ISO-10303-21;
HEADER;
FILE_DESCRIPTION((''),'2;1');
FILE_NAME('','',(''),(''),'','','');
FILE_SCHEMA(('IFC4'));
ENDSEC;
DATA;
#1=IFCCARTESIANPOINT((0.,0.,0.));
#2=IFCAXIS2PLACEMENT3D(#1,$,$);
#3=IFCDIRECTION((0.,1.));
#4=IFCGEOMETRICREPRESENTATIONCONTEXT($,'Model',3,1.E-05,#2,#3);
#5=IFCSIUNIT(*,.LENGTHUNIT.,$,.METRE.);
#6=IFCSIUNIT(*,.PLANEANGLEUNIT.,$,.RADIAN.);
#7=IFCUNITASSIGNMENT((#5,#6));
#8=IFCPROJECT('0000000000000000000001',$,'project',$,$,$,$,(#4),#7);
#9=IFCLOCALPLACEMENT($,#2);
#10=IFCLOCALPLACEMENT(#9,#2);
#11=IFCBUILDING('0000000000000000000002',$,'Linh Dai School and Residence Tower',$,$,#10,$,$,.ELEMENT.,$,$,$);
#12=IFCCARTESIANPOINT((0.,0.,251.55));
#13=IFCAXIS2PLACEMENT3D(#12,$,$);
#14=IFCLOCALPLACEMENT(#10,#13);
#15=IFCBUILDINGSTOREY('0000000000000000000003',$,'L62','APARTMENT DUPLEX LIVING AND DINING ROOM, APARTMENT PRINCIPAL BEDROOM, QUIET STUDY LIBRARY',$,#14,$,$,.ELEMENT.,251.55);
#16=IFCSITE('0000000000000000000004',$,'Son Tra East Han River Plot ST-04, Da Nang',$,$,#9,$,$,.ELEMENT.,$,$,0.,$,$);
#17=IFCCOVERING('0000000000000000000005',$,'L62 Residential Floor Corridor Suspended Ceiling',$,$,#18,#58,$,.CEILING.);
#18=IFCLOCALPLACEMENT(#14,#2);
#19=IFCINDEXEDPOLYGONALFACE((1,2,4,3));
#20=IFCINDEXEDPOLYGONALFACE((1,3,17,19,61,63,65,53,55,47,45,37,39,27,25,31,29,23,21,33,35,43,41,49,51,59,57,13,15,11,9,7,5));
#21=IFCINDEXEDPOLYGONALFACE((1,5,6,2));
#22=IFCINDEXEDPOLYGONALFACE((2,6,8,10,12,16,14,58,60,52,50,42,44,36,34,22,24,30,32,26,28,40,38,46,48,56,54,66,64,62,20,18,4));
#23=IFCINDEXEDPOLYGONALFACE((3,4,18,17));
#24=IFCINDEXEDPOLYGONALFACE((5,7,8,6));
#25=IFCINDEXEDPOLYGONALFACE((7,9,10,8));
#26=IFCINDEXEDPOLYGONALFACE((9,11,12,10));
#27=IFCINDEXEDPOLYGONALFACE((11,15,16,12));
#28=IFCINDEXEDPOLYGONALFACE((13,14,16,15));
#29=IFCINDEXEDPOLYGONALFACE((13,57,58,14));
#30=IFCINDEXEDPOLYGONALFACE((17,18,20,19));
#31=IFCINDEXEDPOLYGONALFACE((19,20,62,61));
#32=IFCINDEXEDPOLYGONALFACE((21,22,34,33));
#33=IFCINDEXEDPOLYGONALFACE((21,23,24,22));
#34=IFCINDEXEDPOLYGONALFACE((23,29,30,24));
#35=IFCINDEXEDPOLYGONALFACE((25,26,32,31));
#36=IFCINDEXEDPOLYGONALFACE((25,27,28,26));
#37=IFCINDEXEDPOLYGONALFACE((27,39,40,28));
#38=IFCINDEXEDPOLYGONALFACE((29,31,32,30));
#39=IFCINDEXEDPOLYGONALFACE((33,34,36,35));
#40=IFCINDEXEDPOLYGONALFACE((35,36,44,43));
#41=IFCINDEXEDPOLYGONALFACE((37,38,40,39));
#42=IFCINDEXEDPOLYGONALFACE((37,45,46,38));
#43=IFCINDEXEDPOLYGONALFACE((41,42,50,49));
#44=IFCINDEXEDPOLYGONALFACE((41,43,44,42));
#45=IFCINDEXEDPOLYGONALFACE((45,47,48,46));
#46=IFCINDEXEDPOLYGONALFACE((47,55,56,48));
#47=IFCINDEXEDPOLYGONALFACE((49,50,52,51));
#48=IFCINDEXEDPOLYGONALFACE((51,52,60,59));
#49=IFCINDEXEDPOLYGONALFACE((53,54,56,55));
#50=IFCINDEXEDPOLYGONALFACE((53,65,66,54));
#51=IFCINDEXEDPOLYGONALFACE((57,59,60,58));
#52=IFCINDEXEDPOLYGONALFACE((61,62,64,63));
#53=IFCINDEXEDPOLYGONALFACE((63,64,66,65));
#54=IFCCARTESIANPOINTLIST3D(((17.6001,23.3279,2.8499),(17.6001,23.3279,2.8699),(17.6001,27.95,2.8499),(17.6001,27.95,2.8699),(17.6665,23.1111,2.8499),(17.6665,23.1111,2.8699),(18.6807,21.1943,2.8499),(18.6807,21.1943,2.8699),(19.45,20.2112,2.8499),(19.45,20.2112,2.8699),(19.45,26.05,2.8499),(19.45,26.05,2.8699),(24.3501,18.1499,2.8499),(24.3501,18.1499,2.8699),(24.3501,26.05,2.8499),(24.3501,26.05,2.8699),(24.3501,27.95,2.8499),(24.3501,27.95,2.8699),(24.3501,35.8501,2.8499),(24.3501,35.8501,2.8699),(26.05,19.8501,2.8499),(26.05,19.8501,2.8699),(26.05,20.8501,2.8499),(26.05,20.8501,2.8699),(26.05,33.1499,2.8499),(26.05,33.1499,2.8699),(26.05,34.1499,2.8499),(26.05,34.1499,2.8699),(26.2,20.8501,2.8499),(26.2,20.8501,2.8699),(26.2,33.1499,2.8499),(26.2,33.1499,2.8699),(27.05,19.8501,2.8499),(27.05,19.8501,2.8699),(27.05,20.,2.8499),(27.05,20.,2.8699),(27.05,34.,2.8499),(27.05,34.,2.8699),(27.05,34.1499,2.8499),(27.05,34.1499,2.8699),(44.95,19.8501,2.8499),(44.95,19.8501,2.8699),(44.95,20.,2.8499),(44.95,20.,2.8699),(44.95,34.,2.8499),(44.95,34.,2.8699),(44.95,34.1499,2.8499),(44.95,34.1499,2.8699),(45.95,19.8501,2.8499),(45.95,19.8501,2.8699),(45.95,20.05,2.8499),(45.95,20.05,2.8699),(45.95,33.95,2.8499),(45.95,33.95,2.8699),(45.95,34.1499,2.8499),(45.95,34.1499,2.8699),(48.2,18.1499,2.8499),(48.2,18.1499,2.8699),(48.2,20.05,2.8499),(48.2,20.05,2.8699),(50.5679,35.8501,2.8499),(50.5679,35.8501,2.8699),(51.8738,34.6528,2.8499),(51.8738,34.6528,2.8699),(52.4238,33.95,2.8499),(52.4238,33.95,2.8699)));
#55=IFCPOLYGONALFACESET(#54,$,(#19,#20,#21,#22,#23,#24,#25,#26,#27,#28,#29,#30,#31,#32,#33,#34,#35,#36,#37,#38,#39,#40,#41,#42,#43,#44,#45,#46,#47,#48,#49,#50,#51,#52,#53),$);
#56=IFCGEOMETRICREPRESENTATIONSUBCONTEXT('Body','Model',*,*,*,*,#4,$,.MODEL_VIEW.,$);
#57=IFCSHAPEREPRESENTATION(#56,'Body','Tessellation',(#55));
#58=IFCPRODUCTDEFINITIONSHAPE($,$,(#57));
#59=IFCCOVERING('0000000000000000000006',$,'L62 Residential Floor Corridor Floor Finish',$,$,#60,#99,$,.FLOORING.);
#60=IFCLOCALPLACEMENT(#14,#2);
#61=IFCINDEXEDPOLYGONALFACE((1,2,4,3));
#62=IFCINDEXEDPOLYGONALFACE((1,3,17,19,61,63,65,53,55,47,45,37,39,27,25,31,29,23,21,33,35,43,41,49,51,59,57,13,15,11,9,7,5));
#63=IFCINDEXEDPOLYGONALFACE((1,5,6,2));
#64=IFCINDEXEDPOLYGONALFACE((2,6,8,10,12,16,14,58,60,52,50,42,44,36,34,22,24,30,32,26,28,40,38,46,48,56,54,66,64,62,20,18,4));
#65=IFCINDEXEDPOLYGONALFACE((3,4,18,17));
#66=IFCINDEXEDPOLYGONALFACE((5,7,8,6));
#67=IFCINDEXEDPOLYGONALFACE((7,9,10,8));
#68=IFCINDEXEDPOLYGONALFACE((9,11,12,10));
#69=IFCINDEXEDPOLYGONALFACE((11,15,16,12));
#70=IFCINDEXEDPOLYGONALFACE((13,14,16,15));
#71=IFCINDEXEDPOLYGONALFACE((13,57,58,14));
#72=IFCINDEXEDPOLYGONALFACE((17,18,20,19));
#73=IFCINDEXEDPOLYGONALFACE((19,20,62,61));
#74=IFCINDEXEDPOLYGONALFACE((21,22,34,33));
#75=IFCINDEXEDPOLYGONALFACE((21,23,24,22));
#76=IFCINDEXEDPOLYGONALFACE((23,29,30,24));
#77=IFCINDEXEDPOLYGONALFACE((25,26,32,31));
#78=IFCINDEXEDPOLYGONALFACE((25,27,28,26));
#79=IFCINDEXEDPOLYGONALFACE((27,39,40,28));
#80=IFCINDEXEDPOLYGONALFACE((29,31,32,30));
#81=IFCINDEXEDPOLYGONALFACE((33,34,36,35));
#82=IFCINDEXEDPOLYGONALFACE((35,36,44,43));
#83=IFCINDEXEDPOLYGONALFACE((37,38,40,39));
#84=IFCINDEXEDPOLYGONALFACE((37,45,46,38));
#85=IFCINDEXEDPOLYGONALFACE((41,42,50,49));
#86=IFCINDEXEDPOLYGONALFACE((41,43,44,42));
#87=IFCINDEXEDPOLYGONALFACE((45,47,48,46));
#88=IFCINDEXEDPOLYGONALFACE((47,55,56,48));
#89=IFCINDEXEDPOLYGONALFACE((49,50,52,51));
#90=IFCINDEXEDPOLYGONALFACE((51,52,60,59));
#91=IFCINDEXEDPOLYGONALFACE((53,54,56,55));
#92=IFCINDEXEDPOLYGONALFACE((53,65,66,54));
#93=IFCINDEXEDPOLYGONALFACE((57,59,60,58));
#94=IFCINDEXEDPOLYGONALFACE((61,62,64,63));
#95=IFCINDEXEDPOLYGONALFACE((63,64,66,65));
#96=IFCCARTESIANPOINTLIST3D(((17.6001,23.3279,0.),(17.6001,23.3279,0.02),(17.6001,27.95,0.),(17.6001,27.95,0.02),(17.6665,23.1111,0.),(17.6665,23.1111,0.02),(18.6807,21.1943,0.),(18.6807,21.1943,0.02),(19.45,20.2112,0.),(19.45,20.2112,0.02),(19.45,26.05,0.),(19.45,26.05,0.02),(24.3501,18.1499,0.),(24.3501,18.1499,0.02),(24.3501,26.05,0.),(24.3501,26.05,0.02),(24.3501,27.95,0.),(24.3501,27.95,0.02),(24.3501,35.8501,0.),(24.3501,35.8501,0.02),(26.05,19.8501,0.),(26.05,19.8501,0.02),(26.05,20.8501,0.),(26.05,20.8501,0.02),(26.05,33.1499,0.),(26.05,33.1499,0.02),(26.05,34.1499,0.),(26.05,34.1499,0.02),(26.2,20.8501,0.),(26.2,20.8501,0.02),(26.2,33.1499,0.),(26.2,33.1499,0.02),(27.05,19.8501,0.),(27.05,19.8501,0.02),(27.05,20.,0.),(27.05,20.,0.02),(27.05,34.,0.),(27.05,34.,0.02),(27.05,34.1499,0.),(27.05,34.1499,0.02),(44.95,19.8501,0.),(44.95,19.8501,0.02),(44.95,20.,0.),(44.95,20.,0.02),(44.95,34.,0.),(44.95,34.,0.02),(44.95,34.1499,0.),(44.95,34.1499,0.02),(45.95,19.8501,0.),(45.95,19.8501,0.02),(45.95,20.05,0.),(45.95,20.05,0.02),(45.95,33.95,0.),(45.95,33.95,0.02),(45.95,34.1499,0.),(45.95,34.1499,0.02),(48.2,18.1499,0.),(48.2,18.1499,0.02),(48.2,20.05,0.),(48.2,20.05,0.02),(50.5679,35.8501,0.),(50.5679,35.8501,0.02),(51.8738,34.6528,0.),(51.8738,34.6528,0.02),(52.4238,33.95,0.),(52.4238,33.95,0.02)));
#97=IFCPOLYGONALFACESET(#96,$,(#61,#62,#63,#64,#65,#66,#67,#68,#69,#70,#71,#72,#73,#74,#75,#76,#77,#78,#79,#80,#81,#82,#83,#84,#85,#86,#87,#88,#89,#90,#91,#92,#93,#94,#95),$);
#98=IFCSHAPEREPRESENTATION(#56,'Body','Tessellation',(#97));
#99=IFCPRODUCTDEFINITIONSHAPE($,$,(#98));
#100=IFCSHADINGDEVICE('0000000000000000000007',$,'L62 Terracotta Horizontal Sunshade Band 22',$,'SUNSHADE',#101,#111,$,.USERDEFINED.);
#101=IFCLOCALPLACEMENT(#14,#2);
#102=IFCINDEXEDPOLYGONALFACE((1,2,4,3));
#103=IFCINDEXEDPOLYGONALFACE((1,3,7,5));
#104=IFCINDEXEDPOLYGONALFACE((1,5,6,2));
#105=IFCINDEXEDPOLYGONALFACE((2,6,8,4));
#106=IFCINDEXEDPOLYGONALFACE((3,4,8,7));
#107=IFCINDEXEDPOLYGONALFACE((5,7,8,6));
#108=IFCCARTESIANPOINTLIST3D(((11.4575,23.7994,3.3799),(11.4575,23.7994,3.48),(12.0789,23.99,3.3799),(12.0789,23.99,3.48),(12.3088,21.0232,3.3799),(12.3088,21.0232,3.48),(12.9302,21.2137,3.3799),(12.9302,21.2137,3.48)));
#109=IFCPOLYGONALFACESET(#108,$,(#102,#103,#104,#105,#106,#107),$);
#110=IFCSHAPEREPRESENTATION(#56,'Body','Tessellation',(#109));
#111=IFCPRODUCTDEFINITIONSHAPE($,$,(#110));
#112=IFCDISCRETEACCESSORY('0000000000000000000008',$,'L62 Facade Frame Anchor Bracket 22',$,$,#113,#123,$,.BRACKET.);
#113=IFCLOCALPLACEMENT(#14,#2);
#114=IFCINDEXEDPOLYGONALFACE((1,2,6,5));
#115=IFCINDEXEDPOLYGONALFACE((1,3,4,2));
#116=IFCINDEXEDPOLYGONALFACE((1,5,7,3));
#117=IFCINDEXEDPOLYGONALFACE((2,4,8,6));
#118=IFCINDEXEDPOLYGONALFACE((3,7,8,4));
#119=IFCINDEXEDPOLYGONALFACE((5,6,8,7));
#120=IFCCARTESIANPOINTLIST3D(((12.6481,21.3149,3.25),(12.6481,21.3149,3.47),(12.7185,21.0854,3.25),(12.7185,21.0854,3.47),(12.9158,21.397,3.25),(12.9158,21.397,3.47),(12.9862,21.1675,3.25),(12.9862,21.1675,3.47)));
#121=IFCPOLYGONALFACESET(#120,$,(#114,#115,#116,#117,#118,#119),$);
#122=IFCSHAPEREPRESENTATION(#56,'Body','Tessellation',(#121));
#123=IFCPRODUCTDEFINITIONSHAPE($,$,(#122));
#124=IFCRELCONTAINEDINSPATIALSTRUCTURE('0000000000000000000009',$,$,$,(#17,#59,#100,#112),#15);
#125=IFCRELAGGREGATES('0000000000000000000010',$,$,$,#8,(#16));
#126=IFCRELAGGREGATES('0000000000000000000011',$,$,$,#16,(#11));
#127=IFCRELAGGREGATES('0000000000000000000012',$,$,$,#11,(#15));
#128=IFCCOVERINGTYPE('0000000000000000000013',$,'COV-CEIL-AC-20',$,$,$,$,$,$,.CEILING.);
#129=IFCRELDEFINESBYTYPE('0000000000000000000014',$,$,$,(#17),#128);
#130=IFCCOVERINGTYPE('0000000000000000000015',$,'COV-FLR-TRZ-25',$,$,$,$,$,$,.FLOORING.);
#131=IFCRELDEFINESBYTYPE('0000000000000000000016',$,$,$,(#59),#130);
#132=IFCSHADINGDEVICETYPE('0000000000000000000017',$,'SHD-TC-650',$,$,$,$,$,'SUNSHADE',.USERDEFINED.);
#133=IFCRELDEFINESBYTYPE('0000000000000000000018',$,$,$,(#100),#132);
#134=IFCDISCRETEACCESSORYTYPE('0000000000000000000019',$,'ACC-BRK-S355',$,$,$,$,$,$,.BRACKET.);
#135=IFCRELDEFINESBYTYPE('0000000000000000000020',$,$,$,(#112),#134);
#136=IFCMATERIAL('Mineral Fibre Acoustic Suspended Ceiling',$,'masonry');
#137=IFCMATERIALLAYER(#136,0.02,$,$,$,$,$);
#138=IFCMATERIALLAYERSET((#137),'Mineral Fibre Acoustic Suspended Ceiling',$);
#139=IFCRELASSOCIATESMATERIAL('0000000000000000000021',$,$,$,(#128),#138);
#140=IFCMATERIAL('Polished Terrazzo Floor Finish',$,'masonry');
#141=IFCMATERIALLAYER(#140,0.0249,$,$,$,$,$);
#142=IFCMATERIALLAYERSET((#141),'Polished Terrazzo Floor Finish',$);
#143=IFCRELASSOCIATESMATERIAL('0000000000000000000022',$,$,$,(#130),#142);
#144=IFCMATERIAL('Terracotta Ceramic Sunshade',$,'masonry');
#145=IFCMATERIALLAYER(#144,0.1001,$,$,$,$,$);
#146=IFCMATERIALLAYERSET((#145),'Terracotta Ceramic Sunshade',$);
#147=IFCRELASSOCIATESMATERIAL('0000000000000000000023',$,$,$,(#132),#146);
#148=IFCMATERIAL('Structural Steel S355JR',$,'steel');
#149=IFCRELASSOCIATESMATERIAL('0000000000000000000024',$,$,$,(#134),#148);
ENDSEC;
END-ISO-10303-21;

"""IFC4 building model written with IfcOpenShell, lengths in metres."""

from ifc_helpers import new_model, si_unit, direction, frame, origin, origin_2d, place, context, subcontext, project, spatial, polyline, rectangle, outline, extrude, source, transform, mapped, material, layer, layer_set, type_object, element, save


model = new_model("IFC4")

# Units and contexts
model_context = context("Model", 3, precision=1e-05, world=origin(), true_north=direction((0.0, 1.0)))
body_context = subcontext(model_context, "Body", "Model", "MODEL_VIEW")
ifc_project = project(units=[si_unit("LENGTHUNIT", "METRE"), si_unit("PLANEANGLEUNIT", "RADIAN")], contexts=[model_context])

# Site, building, storey
site_placement = place(None, origin())
site = spatial("IfcSite", under=ifc_project, at=site_placement, Name="Son Tra East Han River Plot ST-04, Da Nang", CompositionType="ELEMENT", RefElevation=0.0)
building_placement = place(site_placement, origin())
building = spatial("IfcBuilding", under=site, at=building_placement, Name="Linh Dai School and Residence Tower", CompositionType="ELEMENT")
storey_placement = place(building_placement, frame((0.0, 0.0, 251.55)))
storey = spatial("IfcBuildingStorey", under=building, at=storey_placement, Name="L62", Description="APARTMENT DUPLEX LIVING AND DINING ROOM, APARTMENT PRINCIPAL BEDROOM, QUIET STUDY LIBRARY", CompositionType="ELEMENT", Elevation=251.55)

# Shared definitions
ifc_material_1 = material(Name="Structural Steel S355JR", Category="steel")

# Coverings
ifc_material_2 = material(Name="Mineral Fibre Acoustic Suspended Ceiling", Category="masonry")
ifc_layer_1 = layer(ifc_material_2, 0.02)
ifc_layer_set_1 = layer_set([ifc_layer_1], Name="Mineral Fibre Acoustic Suspended Ceiling")
covering_type_1 = type_object("IfcCoveringType", Name="COV-CEIL-AC-20", PredefinedType="CEILING", material=ifc_layer_set_1)
covering_1_placement = place(storey_placement, frame((0.0, 0.0, 2.8499)))
element("IfcCovering", 1, at=covering_1_placement, inside=storey, type_object=covering_type_1, Name="L62 Residential Floor Corridor Suspended Ceiling", PredefinedType="CEILING", context=body_context, shape_type="SweptSolid", body=[
    extrude(outline(polyline([(19.45, 20.2112), (18.6807, 21.1943), (17.6665, 23.1111), (17.6001, 23.3279), (17.6001, 27.95), (24.3501, 27.95), (24.3501, 35.8501), (50.5679, 35.8501), (51.8738, 34.6528), (52.4238, 33.95), (45.95, 33.95), (45.95, 34.1499), (44.95, 34.1499), (44.95, 34.0), (27.05, 34.0), (27.05, 34.1499), (26.05, 34.1499), (26.05, 33.1499), (26.2, 33.1499), (26.2, 20.8501), (26.05, 20.8501), (26.05, 19.8501), (27.05, 19.8501), (27.05, 20.0), (44.95, 20.0), (44.95, 19.8501), (45.95, 19.8501), (45.95, 20.05), (48.2, 20.05), (48.2, 18.1499), (24.3501, 18.1499), (24.3501, 26.05), (19.45, 26.05), (19.45, 20.2112)])), origin(), (0.0, 0.0, 1.0), 0.02),
])
ifc_material_3 = material(Name="Polished Terrazzo Floor Finish", Category="masonry")
ifc_layer_2 = layer(ifc_material_3, 0.0249)
ifc_layer_set_2 = layer_set([ifc_layer_2], Name="Polished Terrazzo Floor Finish")
covering_type_2 = type_object("IfcCoveringType", Name="COV-FLR-TRZ-25", PredefinedType="FLOORING", material=ifc_layer_set_2)
covering_2_placement = place(storey_placement, origin())
element("IfcCovering", 2, at=covering_2_placement, inside=storey, type_object=covering_type_2, Name="L62 Residential Floor Corridor Floor Finish", PredefinedType="FLOORING", context=body_context, shape_type="SweptSolid", body=[
    extrude(outline(polyline([(19.45, 20.2112), (18.6807, 21.1943), (17.6665, 23.1111), (17.6001, 23.3279), (17.6001, 27.95), (24.3501, 27.95), (24.3501, 35.8501), (50.5679, 35.8501), (51.8738, 34.6528), (52.4238, 33.95), (45.95, 33.95), (45.95, 34.1499), (44.95, 34.1499), (44.95, 34.0), (27.05, 34.0), (27.05, 34.1499), (26.05, 34.1499), (26.05, 33.1499), (26.2, 33.1499), (26.2, 20.8501), (26.05, 20.8501), (26.05, 19.8501), (27.05, 19.8501), (27.05, 20.0), (44.95, 20.0), (44.95, 19.8501), (45.95, 19.8501), (45.95, 20.05), (48.2, 20.05), (48.2, 18.1499), (24.3501, 18.1499), (24.3501, 26.05), (19.45, 26.05), (19.45, 20.2112)])), origin(), (0.0, 0.0, 1.0), 0.02),
])

# Shading device
ifc_material_4 = material(Name="Terracotta Ceramic Sunshade", Category="masonry")
ifc_layer_3 = layer(ifc_material_4, 0.1001)
ifc_layer_set_3 = layer_set([ifc_layer_3], Name="Terracotta Ceramic Sunshade")
shading_device_type = type_object("IfcShadingDeviceType", Name="SHD-TC-650", ElementType="SUNSHADE", PredefinedType="USERDEFINED", material=ifc_layer_set_3)
shared_shape_1 = source(origin(), body_context, "Body", "SweptSolid", [
    extrude(rectangle(XDim=2.9038, YDim=0.6499, at=origin_2d()), origin(), (0.0, 0.0, 1.0), 0.1001),
])
shading_device_placement = place(storey_placement, frame((12.1938, 22.5066, 3.3799), z_axis=(0.0, 0.0, 1.0), x_axis=(-0.293157, 0.956064, 0.0)))
element("IfcShadingDevice", 3, at=shading_device_placement, inside=storey, type_object=shading_device_type, Name="L62 Terracotta Horizontal Sunshade Band 22", ObjectType="SUNSHADE", PredefinedType="USERDEFINED", context=body_context, shape_type="MappedRepresentation", body=[
    mapped(shared_shape_1, transform((0.0, 0.0, 0.0), x_axis=(1.0, 0.0, 0.0), y_axis=(0.0, 1.0, 0.0), z_axis=(0.0, 0.0, 1.0), scale=1.0)),
])

# Discrete accessory
discrete_accessory_type = type_object("IfcDiscreteAccessoryType", Name="ACC-BRK-S355", PredefinedType="BRACKET", material=ifc_material_1)
shared_shape_2 = source(origin(), body_context, "Body", "SweptSolid", [
    extrude(rectangle(XDim=0.28, YDim=0.24, at=origin_2d()), origin(), (0.0, 0.0, 1.0), 0.22),
])
discrete_accessory_placement = place(storey_placement, frame((12.8171, 21.2412, 3.25), z_axis=(0.0, 0.0, 1.0), x_axis=(-0.956064, -0.293157, 0.0)))
element("IfcDiscreteAccessory", 4, at=discrete_accessory_placement, inside=storey, type_object=discrete_accessory_type, Name="L62 Facade Frame Anchor Bracket 22", PredefinedType="BRACKET", context=body_context, shape_type="MappedRepresentation", body=[
    mapped(shared_shape_2, transform((0.0, 0.0, 0.0), x_axis=(1.0, 0.0, 0.0), y_axis=(0.0, 1.0, 0.0), z_axis=(0.0, 0.0, 1.0), scale=1.0)),
])

save(model, "model.ifc")
